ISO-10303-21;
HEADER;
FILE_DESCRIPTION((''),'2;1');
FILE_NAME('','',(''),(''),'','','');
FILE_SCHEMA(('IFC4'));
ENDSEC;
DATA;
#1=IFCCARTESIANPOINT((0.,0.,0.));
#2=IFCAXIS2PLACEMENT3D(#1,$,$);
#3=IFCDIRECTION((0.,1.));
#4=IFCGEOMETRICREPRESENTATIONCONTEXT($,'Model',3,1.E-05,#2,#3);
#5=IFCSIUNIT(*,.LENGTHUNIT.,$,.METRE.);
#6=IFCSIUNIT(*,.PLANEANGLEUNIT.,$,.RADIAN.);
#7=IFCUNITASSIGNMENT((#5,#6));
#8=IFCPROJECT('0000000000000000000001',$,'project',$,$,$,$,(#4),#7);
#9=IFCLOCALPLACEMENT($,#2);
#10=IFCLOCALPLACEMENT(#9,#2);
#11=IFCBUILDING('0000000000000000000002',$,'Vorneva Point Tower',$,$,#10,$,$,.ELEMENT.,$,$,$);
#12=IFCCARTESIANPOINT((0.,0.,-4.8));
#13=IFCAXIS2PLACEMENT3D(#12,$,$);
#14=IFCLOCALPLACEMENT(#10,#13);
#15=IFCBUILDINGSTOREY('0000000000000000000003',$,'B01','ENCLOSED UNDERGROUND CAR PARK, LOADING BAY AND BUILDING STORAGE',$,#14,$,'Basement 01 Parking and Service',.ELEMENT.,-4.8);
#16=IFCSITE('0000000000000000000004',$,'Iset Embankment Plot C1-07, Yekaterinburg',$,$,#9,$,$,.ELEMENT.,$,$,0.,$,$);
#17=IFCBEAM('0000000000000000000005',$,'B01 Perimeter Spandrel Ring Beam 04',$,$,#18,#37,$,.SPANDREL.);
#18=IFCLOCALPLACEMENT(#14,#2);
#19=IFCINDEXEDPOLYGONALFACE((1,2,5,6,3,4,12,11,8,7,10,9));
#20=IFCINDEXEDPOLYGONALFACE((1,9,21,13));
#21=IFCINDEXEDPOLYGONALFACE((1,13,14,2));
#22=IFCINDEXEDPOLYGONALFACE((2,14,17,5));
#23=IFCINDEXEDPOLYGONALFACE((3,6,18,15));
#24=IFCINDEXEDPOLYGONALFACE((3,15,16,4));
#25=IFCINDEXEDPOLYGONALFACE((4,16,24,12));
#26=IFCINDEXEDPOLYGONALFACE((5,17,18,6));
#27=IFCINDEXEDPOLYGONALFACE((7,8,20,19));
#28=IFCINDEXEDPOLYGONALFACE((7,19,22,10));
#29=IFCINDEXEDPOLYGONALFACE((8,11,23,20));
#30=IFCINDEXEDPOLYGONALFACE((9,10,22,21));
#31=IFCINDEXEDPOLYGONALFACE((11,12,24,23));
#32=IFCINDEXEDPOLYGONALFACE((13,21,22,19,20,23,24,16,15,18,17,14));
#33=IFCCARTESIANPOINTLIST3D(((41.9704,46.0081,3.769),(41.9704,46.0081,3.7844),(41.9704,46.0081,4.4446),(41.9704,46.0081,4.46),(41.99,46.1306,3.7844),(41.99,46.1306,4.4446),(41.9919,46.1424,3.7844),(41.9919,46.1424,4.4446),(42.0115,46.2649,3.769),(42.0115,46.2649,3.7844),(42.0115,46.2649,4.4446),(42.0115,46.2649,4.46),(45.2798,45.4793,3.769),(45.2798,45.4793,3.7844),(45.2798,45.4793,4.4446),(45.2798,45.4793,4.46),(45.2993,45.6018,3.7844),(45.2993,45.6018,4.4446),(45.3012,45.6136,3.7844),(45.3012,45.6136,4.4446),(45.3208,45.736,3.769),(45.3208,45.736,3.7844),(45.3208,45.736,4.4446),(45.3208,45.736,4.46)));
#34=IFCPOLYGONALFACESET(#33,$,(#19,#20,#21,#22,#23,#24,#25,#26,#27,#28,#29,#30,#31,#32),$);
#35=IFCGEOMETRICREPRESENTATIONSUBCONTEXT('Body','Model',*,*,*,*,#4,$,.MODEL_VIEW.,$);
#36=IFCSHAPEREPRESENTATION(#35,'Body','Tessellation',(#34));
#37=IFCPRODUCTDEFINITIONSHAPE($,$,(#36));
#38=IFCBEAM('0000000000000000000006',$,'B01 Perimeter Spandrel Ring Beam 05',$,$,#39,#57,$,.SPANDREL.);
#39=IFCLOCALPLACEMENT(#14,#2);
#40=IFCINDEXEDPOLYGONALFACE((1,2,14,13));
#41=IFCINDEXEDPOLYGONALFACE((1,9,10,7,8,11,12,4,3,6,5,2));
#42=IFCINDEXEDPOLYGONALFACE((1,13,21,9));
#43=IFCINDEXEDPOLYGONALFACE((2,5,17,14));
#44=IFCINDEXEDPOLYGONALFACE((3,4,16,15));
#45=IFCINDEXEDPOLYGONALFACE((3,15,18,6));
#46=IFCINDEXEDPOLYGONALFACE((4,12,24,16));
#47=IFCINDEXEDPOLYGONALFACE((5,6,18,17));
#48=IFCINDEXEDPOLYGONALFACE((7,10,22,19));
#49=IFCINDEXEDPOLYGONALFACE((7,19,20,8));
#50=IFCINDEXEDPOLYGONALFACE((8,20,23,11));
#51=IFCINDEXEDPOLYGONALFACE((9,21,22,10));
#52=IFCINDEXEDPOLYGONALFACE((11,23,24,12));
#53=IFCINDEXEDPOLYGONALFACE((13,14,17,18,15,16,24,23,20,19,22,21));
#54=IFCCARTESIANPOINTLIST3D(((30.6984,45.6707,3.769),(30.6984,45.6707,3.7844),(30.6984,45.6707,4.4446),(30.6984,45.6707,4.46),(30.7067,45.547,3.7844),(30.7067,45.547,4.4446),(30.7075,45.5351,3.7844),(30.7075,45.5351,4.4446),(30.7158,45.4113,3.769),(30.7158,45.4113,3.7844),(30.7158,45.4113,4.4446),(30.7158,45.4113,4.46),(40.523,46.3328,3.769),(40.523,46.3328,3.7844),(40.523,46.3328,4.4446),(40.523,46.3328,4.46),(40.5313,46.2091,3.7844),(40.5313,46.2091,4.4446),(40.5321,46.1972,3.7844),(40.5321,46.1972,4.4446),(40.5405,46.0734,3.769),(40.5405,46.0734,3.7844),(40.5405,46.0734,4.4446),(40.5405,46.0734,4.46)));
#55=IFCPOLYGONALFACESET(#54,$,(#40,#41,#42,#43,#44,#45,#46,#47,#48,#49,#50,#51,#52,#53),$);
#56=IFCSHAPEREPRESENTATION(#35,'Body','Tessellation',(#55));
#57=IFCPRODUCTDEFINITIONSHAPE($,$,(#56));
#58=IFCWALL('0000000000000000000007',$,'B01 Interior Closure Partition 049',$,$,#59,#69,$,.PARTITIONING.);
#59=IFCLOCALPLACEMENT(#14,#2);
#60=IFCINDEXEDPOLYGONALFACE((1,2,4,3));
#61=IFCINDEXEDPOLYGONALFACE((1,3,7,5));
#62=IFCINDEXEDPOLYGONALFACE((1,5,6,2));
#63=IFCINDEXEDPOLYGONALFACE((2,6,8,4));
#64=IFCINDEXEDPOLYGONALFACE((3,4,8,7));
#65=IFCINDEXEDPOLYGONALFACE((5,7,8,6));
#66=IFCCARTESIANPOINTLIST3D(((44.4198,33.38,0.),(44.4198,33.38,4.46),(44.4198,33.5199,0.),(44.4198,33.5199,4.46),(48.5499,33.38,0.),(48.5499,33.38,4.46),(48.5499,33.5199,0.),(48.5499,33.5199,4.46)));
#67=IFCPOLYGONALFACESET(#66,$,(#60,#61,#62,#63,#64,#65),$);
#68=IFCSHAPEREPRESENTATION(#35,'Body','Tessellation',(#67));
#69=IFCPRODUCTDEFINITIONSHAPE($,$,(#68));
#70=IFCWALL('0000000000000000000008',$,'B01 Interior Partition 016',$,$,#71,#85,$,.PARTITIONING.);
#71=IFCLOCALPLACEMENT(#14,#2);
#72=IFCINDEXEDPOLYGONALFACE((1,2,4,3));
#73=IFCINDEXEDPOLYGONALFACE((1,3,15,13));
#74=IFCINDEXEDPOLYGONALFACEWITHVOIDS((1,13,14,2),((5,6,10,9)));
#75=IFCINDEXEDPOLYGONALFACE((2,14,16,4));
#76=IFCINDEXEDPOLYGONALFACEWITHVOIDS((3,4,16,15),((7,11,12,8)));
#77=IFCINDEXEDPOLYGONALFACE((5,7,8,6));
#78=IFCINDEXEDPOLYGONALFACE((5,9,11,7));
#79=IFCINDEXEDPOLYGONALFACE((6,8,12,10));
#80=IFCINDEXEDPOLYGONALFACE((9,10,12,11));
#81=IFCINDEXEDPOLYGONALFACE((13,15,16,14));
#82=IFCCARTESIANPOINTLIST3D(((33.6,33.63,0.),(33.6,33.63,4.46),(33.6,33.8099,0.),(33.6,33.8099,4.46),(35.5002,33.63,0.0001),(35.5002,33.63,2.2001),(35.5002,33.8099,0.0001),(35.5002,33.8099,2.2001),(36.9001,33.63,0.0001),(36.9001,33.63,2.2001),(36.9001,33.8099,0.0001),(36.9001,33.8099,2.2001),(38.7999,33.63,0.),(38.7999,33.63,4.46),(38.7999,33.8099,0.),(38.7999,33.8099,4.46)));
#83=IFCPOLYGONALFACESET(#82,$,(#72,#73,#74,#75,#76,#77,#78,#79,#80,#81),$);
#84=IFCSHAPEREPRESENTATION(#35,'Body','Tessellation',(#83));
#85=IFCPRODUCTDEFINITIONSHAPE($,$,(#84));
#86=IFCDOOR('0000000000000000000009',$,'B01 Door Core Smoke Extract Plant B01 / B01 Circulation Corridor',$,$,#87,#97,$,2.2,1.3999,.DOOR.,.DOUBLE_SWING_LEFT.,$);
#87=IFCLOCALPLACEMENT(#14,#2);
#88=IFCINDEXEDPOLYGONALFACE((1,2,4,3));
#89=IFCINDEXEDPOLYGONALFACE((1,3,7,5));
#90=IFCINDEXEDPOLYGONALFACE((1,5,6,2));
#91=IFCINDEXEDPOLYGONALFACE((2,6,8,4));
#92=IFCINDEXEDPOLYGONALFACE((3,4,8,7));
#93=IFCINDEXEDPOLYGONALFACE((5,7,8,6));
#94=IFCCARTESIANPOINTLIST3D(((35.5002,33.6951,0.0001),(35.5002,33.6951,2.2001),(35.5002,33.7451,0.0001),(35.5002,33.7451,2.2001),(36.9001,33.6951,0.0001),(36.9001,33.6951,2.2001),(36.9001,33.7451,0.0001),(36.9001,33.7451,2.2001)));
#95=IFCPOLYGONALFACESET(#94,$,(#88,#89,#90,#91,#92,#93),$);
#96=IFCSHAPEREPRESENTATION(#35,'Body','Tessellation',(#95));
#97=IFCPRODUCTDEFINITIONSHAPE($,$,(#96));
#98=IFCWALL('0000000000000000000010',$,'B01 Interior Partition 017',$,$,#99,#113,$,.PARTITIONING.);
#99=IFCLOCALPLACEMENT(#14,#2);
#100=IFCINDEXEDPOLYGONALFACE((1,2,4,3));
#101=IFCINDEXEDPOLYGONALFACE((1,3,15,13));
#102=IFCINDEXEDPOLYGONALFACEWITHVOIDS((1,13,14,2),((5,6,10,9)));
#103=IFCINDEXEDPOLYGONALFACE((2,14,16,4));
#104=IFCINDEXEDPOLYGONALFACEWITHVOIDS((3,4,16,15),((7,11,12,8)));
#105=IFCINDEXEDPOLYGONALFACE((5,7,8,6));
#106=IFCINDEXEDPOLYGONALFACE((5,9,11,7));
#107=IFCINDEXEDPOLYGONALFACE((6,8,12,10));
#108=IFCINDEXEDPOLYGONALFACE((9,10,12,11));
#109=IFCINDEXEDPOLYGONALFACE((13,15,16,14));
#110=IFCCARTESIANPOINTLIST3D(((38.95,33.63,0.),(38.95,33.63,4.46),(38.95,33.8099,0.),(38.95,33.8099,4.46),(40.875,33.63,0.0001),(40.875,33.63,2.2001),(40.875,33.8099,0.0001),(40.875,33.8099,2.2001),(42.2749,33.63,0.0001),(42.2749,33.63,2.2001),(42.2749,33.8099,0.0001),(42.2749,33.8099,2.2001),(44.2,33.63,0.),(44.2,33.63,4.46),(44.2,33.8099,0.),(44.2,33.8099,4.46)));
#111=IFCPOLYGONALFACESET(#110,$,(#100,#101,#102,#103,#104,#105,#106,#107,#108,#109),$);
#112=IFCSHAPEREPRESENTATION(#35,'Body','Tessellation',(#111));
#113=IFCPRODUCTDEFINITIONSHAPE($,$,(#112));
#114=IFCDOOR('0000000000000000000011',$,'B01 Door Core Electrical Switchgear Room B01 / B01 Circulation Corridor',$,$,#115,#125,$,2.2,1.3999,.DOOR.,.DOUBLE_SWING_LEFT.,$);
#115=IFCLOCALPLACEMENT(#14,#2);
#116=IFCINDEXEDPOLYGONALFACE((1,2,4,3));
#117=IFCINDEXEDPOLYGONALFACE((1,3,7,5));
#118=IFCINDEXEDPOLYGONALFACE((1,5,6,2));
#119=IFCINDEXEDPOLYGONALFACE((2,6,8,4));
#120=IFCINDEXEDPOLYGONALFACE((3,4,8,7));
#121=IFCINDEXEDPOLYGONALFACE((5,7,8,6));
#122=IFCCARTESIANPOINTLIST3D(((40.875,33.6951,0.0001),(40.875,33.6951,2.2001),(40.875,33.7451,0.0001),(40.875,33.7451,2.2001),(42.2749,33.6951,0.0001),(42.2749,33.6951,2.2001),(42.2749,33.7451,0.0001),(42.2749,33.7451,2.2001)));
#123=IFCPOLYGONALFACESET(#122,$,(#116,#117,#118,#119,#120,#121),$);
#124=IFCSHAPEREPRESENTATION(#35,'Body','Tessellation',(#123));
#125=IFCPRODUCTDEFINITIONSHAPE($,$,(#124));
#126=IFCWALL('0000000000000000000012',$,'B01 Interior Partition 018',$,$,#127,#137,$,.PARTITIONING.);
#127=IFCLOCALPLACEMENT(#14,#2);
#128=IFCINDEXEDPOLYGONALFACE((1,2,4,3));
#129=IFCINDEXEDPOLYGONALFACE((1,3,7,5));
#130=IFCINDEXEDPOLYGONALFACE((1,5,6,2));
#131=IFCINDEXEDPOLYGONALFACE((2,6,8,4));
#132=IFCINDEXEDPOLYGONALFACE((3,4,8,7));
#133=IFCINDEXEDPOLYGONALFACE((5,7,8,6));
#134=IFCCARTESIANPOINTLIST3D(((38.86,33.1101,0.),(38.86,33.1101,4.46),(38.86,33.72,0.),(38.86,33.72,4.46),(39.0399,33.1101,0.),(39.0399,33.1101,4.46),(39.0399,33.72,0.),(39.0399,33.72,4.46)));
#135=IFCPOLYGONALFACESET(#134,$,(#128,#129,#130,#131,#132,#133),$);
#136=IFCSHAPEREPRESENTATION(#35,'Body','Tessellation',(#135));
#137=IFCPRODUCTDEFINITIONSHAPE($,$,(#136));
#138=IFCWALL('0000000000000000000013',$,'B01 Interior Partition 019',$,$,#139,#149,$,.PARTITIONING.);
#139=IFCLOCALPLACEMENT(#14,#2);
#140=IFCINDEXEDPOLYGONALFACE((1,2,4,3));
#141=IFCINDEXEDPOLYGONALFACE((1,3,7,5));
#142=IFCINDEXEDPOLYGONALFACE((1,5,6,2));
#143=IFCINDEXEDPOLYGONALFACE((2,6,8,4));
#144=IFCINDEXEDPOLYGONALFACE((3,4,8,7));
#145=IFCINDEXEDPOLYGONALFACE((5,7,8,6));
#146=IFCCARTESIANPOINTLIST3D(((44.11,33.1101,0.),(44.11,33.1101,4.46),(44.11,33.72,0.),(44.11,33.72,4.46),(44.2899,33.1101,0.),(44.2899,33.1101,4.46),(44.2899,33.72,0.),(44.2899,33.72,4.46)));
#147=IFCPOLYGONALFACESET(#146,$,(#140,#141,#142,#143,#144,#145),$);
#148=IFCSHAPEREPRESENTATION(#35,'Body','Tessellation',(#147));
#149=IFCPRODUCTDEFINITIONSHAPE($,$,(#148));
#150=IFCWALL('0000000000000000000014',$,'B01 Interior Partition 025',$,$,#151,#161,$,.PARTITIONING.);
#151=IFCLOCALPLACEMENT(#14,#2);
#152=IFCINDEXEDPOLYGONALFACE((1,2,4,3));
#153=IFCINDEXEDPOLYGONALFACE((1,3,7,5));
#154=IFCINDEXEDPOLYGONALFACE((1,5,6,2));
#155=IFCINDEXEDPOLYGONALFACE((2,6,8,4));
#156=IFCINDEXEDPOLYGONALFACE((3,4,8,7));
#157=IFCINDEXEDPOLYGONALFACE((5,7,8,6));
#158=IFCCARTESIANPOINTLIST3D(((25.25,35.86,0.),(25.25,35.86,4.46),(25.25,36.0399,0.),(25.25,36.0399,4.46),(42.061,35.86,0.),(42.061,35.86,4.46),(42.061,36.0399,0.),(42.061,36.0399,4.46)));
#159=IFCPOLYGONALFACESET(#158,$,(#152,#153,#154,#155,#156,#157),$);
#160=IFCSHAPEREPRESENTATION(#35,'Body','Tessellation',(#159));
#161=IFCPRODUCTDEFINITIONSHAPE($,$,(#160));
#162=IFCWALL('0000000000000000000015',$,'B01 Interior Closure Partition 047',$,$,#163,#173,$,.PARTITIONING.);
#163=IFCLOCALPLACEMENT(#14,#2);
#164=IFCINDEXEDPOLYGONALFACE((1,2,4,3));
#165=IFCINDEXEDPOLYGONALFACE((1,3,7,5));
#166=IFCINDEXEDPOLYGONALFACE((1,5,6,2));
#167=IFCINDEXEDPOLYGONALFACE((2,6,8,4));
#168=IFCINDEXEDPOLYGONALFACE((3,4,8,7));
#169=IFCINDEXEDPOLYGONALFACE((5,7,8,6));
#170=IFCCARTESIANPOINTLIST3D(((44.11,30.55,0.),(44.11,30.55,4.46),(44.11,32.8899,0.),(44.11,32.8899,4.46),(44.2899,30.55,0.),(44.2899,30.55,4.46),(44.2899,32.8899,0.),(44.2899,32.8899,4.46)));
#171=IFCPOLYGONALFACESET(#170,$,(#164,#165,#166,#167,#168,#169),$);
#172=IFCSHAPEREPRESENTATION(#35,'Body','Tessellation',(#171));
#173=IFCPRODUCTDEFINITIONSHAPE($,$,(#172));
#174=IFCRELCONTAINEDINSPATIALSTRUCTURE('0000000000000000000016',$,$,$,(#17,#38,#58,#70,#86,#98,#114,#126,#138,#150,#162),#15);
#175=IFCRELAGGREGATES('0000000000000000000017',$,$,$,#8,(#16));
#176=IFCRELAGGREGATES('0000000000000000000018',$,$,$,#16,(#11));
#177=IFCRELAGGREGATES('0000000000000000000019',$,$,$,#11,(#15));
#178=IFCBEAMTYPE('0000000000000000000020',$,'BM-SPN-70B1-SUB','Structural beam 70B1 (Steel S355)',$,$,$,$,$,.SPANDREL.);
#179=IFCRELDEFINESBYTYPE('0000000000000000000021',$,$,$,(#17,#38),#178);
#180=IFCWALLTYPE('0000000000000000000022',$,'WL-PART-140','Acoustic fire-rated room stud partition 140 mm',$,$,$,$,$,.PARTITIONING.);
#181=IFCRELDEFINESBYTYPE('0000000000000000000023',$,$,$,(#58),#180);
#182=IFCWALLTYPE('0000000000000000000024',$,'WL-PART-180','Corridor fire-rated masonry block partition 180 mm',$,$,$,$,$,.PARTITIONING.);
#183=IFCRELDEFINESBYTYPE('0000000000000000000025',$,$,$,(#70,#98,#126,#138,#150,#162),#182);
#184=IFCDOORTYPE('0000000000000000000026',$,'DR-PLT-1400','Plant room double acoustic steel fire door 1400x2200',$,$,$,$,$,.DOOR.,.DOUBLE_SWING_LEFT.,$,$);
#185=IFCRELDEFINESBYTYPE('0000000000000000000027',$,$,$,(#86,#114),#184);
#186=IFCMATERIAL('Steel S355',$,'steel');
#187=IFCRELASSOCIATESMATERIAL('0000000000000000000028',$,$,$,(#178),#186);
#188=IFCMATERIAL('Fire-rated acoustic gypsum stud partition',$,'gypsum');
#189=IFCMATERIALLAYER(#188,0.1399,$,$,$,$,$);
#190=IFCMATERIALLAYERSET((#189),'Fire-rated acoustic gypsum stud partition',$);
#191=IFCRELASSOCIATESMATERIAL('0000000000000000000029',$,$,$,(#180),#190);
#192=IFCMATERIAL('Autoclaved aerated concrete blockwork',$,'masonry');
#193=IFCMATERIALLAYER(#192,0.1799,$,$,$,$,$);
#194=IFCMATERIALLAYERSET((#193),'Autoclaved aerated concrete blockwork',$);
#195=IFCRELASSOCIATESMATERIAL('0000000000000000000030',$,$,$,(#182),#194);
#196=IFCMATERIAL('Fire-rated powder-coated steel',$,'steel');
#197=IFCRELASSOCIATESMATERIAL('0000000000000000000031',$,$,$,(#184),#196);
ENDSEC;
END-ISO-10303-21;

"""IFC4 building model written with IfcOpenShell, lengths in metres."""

from ifc_helpers import new_model, si_unit, direction, frame, frame_2d, origin, origin_2d, place, context, subcontext, project, spatial, rectangle, i_section, extrude, material, layer, layer_set, material_profile, profile_set, type_object, element, fill, save


model = new_model("IFC4")

# Units and contexts
model_context = context("Model", 3, precision=1e-05, world=origin(), true_north=direction((0.0, 1.0)))
body_context = subcontext(model_context, "Body", "Model", "MODEL_VIEW")
ifc_project = project(units=[si_unit("LENGTHUNIT", "METRE"), si_unit("PLANEANGLEUNIT", "RADIAN")], contexts=[model_context])

# Site, building, storey
site_placement = place(None, origin())
site = spatial("IfcSite", under=ifc_project, at=site_placement, Name="Iset Embankment Plot C1-07, Yekaterinburg", CompositionType="ELEMENT", RefElevation=0.0)
building_placement = place(site_placement, origin())
building = spatial("IfcBuilding", under=site, at=building_placement, Name="Vorneva Point Tower", CompositionType="ELEMENT")
storey_placement = place(building_placement, frame((0.0, 0.0, -4.8)))
storey = spatial("IfcBuildingStorey", under=building, at=storey_placement, Name="B01", Description="ENCLOSED UNDERGROUND CAR PARK, LOADING BAY AND BUILDING STORAGE", LongName="Basement 01 Parking and Service", CompositionType="ELEMENT", Elevation=-4.8)

# Beams
ifc_material_1 = material(Name="Steel S355", Category="steel")
ifc_material_profile_1 = material_profile(ifc_material_1, i_section(OverallWidth=0.26, OverallDepth=0.6909, WebThickness=0.012, FlangeThickness=0.0154, at=origin_2d()), Name="70B1")
ifc_profile_set_1 = profile_set([ifc_material_profile_1], Name="Steel S355")
beam_type_1 = type_object("IfcBeamType", Name="BM-SPN-70B1-SUB", Description="Structural beam 70B1 (Steel S355)", PredefinedType="SPANDREL", material=ifc_profile_set_1)
beam_1_placement = place(storey_placement, frame((45.3003, 45.6077, 4.1145), z_axis=(-0.987472, 0.157792, 0.0), x_axis=(-0.157792, -0.987472, 0.0)))
element("IfcBeam", 1, at=beam_1_placement, inside=storey, type_object=beam_type_1, Name="B01 Perimeter Spandrel Ring Beam 04", PredefinedType="SPANDREL", context=body_context, shape_type="SweptSolid", body=[
    extrude(i_section(OverallWidth=0.26, OverallDepth=0.6909, WebThickness=0.012, FlangeThickness=0.0154, at=origin_2d()), origin(), (0.0, 0.0, 1.0), 3.3513),
])
beam_2_placement = place(storey_placement, frame((40.5317, 46.2031, 4.1145), z_axis=(-0.997737, -0.06724, 0.0), x_axis=(0.06724, -0.997737, 0.0)))
element("IfcBeam", 2, at=beam_2_placement, inside=storey, type_object=beam_type_1, Name="B01 Perimeter Spandrel Ring Beam 05", PredefinedType="SPANDREL", context=body_context, shape_type="SweptSolid", body=[
    extrude(i_section(OverallWidth=0.26, OverallDepth=0.6909, WebThickness=0.012, FlangeThickness=0.0154, at=origin_2d()), origin(), (0.0, 0.0, 1.0), 9.8469),
])

# Wall
ifc_material_2 = material(Name="Fire-rated acoustic gypsum stud partition", Category="gypsum")
ifc_layer_1 = layer(ifc_material_2, 0.1399)
ifc_layer_set_1 = layer_set([ifc_layer_1], Name="Fire-rated acoustic gypsum stud partition")
wall_type_1 = type_object("IfcWallType", Name="WL-PART-140", Description="Acoustic fire-rated room stud partition 140 mm", PredefinedType="PARTITIONING", material=ifc_layer_set_1)
wall_1_placement = place(storey_placement, frame((44.4199, 33.45, 0.0), z_axis=(0.0, 0.0, 1.0), x_axis=(1.0, 0.0, 0.0)))
element("IfcWall", 3, at=wall_1_placement, inside=storey, type_object=wall_type_1, Name="B01 Interior Closure Partition 049", PredefinedType="PARTITIONING", context=body_context, shape_type="SweptSolid", body=[
    extrude(rectangle(XDim=4.1301, YDim=0.1399, at=frame_2d((2.0649, 0.0))), origin(), (0.0, 0.0, 1.0), 4.46),
])

# Walls, openings, doors
ifc_material_3 = material(Name="Autoclaved aerated concrete blockwork", Category="masonry")
ifc_layer_2 = layer(ifc_material_3, 0.1799)
ifc_layer_set_2 = layer_set([ifc_layer_2], Name="Autoclaved aerated concrete blockwork")
wall_type_2 = type_object("IfcWallType", Name="WL-PART-180", Description="Corridor fire-rated masonry block partition 180 mm", PredefinedType="PARTITIONING", material=ifc_layer_set_2)
wall_2_placement = place(storey_placement, frame((38.8, 33.72, 0.0), z_axis=(0.0, 0.0, 1.0), x_axis=(-1.0, 0.0, 0.0)))
wall_2 = element("IfcWall", 4, at=wall_2_placement, inside=storey, type_object=wall_type_2, Name="B01 Interior Partition 016", PredefinedType="PARTITIONING", context=body_context, shape_type="SweptSolid", body=[
    extrude(rectangle(XDim=5.2, YDim=0.1799, at=frame_2d((2.6001, 0.0))), origin(), (0.0, 0.0, 1.0), 4.46),
])
opening_1_placement = place(wall_2_placement, frame((1.8999, 0.0, 0.0)))
opening_1 = element("IfcOpeningElement", 5, at=opening_1_placement, cuts=wall_2, PredefinedType="OPENING", context=body_context, shape_type="SweptSolid", body=[
    extrude(rectangle(XDim=1.3999, YDim=2.2, at=frame_2d((0.7, 1.1001))), frame((0.0, 0.105, 0.0), z_axis=(0.0, -1.0, 0.0), x_axis=(1.0, 0.0, 0.0)), (0.0, 0.0, 1.0), 0.2097),
])
ifc_material_4 = material(Name="Fire-rated powder-coated steel", Category="steel")
door_type = type_object("IfcDoorType", Name="DR-PLT-1400", Description="Plant room double acoustic steel fire door 1400x2200", OperationType="DOUBLE_SWING_LEFT", PredefinedType="DOOR", material=ifc_material_4)
door_1_placement = place(opening_1_placement, origin())
door_1 = element("IfcDoor", 6, at=door_1_placement, inside=storey, type_object=door_type, Name="B01 Door Core Smoke Extract Plant B01 / B01 Circulation Corridor", OperationType="DOUBLE_SWING_LEFT", OverallHeight=2.2, OverallWidth=1.3999, PredefinedType="DOOR", context=body_context, shape_type="SweptSolid", body=[
    extrude(rectangle(XDim=1.3999, YDim=2.2, at=frame_2d((0.7, 1.1001))), frame((0.0, 0.0249, 0.0), z_axis=(0.0, -1.0, 0.0), x_axis=(1.0, 0.0, 0.0)), (0.0, 0.0, 1.0), 0.05),
])
fill(opening_1, door_1)
wall_3_placement = place(storey_placement, frame((44.2, 33.72, 0.0), z_axis=(0.0, 0.0, 1.0), x_axis=(-1.0, 0.0, 0.0)))
wall_3 = element("IfcWall", 7, at=wall_3_placement, inside=storey, type_object=wall_type_2, Name="B01 Interior Partition 017", PredefinedType="PARTITIONING", context=body_context, shape_type="SweptSolid", body=[
    extrude(rectangle(XDim=5.25, YDim=0.1799, at=frame_2d((2.625, 0.0))), origin(), (0.0, 0.0, 1.0), 4.46),
])
opening_2_placement = place(wall_3_placement, frame((1.925, 0.0, 0.0)))
opening_2 = element("IfcOpeningElement", 8, at=opening_2_placement, cuts=wall_3, PredefinedType="OPENING", context=body_context, shape_type="SweptSolid", body=[
    extrude(rectangle(XDim=1.3999, YDim=2.2, at=frame_2d((0.7, 1.1001))), frame((0.0, 0.105, 0.0), z_axis=(0.0, -1.0, 0.0), x_axis=(1.0, 0.0, 0.0)), (0.0, 0.0, 1.0), 0.2097),
])
door_2_placement = place(opening_2_placement, origin())
door_2 = element("IfcDoor", 9, at=door_2_placement, inside=storey, type_object=door_type, Name="B01 Door Core Electrical Switchgear Room B01 / B01 Circulation Corridor", OperationType="DOUBLE_SWING_LEFT", OverallHeight=2.2, OverallWidth=1.3999, PredefinedType="DOOR", context=body_context, shape_type="SweptSolid", body=[
    extrude(rectangle(XDim=1.3999, YDim=2.2, at=frame_2d((0.7, 1.1001))), frame((0.0, 0.0249, 0.0), z_axis=(0.0, -1.0, 0.0), x_axis=(1.0, 0.0, 0.0)), (0.0, 0.0, 1.0), 0.05),
])
fill(opening_2, door_2)

# Walls
for number, where, z_axis, x_axis, name in (
    (10, (38.95, 33.72, 0.0), (0.0, 0.0, 1.0), (0.0, -1.0, 0.0), "B01 Interior Partition 018"),
    (11, (44.2, 33.1101, 0.0), (0.0, 0.0, 1.0), (0.0, 1.0, 0.0), "B01 Interior Partition 019"),
):
    element("IfcWall", number, at=place(storey_placement, frame(where, z_axis=z_axis, x_axis=x_axis)), inside=storey, type_object=wall_type_2, Name=name, PredefinedType="PARTITIONING", context=body_context, shape_type="SweptSolid", body=[
        extrude(rectangle(XDim=0.6099, YDim=0.1799, at=frame_2d((0.3049, 0.0))), origin(), (0.0, 0.0, 1.0), 4.46),
    ])
wall_4_placement = place(storey_placement, frame((42.061, 35.95, 0.0), z_axis=(0.0, 0.0, 1.0), x_axis=(-1.0, 0.0, 0.0)))
element("IfcWall", 12, at=wall_4_placement, inside=storey, type_object=wall_type_2, Name="B01 Interior Partition 025", PredefinedType="PARTITIONING", context=body_context, shape_type="SweptSolid", body=[
    extrude(rectangle(XDim=16.811, YDim=0.1799, at=frame_2d((8.4055, 0.0))), origin(), (0.0, 0.0, 1.0), 4.46),
])
wall_5_placement = place(storey_placement, frame((44.2, 30.55, 0.0), z_axis=(0.0, 0.0, 1.0), x_axis=(0.0, 1.0, 0.0)))
element("IfcWall", 13, at=wall_5_placement, inside=storey, type_object=wall_type_2, Name="B01 Interior Closure Partition 047", PredefinedType="PARTITIONING", context=body_context, shape_type="SweptSolid", body=[
    extrude(rectangle(XDim=2.3398, YDim=0.1799, at=frame_2d((1.1699, 0.0))), origin(), (0.0, 0.0, 1.0), 4.46),
])

save(model, "model.ifc")
